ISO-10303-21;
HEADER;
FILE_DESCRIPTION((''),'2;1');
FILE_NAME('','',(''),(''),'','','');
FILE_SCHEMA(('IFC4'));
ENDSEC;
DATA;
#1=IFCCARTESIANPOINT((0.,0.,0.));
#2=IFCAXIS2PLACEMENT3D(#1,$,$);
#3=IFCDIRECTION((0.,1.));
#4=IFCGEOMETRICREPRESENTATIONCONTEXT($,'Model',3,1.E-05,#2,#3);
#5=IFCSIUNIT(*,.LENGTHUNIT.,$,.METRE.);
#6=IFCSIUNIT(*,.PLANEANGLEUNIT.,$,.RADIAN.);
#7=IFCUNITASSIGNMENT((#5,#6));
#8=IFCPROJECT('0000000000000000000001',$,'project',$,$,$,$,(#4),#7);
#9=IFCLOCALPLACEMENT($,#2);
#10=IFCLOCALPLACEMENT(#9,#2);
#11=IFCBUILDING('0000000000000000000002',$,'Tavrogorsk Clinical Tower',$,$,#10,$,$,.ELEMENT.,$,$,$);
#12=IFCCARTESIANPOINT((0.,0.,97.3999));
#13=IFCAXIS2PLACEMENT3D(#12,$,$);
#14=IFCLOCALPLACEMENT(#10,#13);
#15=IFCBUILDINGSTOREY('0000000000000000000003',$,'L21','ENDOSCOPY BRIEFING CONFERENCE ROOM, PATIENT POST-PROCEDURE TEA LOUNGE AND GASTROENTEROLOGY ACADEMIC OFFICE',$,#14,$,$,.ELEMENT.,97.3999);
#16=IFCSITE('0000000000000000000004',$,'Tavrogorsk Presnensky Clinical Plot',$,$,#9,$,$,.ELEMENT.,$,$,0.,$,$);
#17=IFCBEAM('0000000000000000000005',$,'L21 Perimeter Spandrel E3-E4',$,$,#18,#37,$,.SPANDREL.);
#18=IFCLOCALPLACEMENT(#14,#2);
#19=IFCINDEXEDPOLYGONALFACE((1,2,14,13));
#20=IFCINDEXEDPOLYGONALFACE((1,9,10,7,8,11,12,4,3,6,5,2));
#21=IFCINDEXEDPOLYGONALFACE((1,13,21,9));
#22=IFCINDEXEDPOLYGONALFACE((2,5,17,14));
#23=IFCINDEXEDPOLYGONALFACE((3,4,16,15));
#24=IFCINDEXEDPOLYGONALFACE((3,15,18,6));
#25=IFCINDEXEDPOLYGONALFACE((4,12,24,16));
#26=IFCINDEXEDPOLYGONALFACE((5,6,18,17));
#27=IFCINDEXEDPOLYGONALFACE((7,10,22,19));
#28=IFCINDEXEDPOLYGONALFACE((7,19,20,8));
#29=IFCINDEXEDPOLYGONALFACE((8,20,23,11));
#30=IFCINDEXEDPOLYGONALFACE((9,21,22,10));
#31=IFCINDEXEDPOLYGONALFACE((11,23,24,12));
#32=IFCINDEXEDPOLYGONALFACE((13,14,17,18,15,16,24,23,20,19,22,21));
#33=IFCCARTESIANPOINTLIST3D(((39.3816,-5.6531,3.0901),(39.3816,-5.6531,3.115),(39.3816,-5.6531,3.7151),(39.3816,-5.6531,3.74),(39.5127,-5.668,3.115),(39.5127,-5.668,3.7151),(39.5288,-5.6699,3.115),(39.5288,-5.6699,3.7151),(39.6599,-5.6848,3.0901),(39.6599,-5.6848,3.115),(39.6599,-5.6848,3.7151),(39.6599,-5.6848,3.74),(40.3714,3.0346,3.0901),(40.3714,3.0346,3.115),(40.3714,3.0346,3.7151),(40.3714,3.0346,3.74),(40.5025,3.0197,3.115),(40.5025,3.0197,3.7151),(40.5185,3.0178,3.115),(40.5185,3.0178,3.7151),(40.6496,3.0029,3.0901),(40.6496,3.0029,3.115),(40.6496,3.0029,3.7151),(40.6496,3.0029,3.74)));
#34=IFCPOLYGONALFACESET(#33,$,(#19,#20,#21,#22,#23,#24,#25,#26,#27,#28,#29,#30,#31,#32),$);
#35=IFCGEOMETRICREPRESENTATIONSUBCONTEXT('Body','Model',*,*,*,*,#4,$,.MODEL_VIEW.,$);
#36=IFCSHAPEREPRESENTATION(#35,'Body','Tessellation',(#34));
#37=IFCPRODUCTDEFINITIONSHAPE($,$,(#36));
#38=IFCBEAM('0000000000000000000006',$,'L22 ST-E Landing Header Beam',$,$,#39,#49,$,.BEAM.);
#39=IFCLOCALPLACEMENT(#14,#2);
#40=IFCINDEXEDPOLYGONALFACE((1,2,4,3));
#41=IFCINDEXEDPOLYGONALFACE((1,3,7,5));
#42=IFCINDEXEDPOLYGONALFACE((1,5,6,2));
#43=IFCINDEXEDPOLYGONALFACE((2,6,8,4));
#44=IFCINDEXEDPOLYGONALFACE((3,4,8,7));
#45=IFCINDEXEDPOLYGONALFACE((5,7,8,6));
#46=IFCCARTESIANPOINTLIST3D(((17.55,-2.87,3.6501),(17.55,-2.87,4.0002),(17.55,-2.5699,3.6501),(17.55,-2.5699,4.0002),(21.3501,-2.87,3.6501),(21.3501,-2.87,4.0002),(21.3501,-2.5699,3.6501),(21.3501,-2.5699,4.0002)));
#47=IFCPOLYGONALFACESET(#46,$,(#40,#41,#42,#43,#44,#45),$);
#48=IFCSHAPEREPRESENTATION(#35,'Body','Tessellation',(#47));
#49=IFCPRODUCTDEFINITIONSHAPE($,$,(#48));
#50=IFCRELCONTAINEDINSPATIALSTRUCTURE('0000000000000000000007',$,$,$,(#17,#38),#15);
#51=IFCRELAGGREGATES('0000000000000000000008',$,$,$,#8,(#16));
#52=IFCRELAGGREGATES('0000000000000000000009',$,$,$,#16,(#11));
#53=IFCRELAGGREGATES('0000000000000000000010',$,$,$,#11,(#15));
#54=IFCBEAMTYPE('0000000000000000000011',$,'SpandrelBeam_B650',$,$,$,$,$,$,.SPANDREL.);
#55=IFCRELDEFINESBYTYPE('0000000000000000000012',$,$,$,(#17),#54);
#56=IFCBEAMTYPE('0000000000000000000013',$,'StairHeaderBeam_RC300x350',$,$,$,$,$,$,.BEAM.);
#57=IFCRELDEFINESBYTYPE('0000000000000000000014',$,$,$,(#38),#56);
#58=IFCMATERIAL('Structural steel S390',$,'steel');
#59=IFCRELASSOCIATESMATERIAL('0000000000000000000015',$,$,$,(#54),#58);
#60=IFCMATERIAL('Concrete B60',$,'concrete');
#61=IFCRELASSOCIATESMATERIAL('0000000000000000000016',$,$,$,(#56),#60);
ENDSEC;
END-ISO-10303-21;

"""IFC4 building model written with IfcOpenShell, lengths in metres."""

from ifc_helpers import new_model, si_unit, direction, frame, origin, origin_2d, place, context, subcontext, project, spatial, rectangle, i_section, extrude, material, material_profile, profile_set, type_object, element, save


model = new_model("IFC4")

# Units and contexts
model_context = context("Model", 3, precision=1e-05, world=origin(), true_north=direction((0.0, 1.0)))
body_context = subcontext(model_context, "Body", "Model", "MODEL_VIEW")
ifc_project = project(units=[si_unit("LENGTHUNIT", "METRE"), si_unit("PLANEANGLEUNIT", "RADIAN")], contexts=[model_context])

# Site, building, storey
site_placement = place(None, origin())
site = spatial("IfcSite", under=ifc_project, at=site_placement, Name="Tavrogorsk Presnensky Clinical Plot", CompositionType="ELEMENT", RefElevation=0.0)
building_placement = place(site_placement, origin())
building = spatial("IfcBuilding", under=site, at=building_placement, Name="Tavrogorsk Clinical Tower", CompositionType="ELEMENT")
storey_placement = place(building_placement, frame((0.0, 0.0, 97.3999)))
storey = spatial("IfcBuildingStorey", under=building, at=storey_placement, Name="L21", Description="ENDOSCOPY BRIEFING CONFERENCE ROOM, PATIENT POST-PROCEDURE TEA LOUNGE AND GASTROENTEROLOGY ACADEMIC OFFICE", CompositionType="ELEMENT", Elevation=97.3999)

# Beams
ifc_material_1 = material(Name="Structural steel S390", Category="steel")
ifc_material_profile_1 = material_profile(ifc_material_1, i_section(OverallWidth=0.28, OverallDepth=0.6499, WebThickness=0.0161, FlangeThickness=0.0249, at=origin_2d()), Name="B-650x280x16x25")
ifc_profile_set_1 = profile_set([ifc_material_profile_1], Name="Structural steel S390")
beam_type_1 = type_object("IfcBeamType", Name="SpandrelBeam_B650", PredefinedType="SPANDREL", material=ifc_profile_set_1)
beam_1_placement = place(storey_placement, frame((39.5208, -5.6689, 3.415), z_axis=(0.113192, 0.993573, 0.0), x_axis=(-0.993573, 0.113192, 0.0)))
element("IfcBeam", 1, at=beam_1_placement, inside=storey, type_object=beam_type_1, Name="L21 Perimeter Spandrel E3-E4", PredefinedType="SPANDREL", context=body_context, shape_type="SweptSolid", body=[
    extrude(i_section(OverallWidth=0.28, OverallDepth=0.6499, WebThickness=0.0161, FlangeThickness=0.0249, at=origin_2d()), origin(), (0.0, 0.0, 1.0), 8.7439),
])
ifc_material_2 = material(Name="Concrete B60", Category="concrete")
ifc_material_profile_2 = material_profile(ifc_material_2, rectangle(XDim=0.3, YDim=0.3501, at=origin_2d()), Name="RC-SHB-300x350")
ifc_profile_set_2 = profile_set([ifc_material_profile_2], Name="Concrete B60")
beam_type_2 = type_object("IfcBeamType", Name="StairHeaderBeam_RC300x350", PredefinedType="BEAM", material=ifc_profile_set_2)
beam_2_placement = place(storey_placement, frame((17.55, -2.72, 3.8252), z_axis=(1.0, 0.0, 0.0), x_axis=(0.0, 1.0, 0.0)))
element("IfcBeam", 2, at=beam_2_placement, inside=storey, type_object=beam_type_2, Name="L22 ST-E Landing Header Beam", PredefinedType="BEAM", context=body_context, shape_type="SweptSolid", body=[
    extrude(rectangle(XDim=0.3, YDim=0.3501, at=origin_2d()), origin(), (0.0, 0.0, 1.0), 3.8),
])

save(model, "model.ifc")
